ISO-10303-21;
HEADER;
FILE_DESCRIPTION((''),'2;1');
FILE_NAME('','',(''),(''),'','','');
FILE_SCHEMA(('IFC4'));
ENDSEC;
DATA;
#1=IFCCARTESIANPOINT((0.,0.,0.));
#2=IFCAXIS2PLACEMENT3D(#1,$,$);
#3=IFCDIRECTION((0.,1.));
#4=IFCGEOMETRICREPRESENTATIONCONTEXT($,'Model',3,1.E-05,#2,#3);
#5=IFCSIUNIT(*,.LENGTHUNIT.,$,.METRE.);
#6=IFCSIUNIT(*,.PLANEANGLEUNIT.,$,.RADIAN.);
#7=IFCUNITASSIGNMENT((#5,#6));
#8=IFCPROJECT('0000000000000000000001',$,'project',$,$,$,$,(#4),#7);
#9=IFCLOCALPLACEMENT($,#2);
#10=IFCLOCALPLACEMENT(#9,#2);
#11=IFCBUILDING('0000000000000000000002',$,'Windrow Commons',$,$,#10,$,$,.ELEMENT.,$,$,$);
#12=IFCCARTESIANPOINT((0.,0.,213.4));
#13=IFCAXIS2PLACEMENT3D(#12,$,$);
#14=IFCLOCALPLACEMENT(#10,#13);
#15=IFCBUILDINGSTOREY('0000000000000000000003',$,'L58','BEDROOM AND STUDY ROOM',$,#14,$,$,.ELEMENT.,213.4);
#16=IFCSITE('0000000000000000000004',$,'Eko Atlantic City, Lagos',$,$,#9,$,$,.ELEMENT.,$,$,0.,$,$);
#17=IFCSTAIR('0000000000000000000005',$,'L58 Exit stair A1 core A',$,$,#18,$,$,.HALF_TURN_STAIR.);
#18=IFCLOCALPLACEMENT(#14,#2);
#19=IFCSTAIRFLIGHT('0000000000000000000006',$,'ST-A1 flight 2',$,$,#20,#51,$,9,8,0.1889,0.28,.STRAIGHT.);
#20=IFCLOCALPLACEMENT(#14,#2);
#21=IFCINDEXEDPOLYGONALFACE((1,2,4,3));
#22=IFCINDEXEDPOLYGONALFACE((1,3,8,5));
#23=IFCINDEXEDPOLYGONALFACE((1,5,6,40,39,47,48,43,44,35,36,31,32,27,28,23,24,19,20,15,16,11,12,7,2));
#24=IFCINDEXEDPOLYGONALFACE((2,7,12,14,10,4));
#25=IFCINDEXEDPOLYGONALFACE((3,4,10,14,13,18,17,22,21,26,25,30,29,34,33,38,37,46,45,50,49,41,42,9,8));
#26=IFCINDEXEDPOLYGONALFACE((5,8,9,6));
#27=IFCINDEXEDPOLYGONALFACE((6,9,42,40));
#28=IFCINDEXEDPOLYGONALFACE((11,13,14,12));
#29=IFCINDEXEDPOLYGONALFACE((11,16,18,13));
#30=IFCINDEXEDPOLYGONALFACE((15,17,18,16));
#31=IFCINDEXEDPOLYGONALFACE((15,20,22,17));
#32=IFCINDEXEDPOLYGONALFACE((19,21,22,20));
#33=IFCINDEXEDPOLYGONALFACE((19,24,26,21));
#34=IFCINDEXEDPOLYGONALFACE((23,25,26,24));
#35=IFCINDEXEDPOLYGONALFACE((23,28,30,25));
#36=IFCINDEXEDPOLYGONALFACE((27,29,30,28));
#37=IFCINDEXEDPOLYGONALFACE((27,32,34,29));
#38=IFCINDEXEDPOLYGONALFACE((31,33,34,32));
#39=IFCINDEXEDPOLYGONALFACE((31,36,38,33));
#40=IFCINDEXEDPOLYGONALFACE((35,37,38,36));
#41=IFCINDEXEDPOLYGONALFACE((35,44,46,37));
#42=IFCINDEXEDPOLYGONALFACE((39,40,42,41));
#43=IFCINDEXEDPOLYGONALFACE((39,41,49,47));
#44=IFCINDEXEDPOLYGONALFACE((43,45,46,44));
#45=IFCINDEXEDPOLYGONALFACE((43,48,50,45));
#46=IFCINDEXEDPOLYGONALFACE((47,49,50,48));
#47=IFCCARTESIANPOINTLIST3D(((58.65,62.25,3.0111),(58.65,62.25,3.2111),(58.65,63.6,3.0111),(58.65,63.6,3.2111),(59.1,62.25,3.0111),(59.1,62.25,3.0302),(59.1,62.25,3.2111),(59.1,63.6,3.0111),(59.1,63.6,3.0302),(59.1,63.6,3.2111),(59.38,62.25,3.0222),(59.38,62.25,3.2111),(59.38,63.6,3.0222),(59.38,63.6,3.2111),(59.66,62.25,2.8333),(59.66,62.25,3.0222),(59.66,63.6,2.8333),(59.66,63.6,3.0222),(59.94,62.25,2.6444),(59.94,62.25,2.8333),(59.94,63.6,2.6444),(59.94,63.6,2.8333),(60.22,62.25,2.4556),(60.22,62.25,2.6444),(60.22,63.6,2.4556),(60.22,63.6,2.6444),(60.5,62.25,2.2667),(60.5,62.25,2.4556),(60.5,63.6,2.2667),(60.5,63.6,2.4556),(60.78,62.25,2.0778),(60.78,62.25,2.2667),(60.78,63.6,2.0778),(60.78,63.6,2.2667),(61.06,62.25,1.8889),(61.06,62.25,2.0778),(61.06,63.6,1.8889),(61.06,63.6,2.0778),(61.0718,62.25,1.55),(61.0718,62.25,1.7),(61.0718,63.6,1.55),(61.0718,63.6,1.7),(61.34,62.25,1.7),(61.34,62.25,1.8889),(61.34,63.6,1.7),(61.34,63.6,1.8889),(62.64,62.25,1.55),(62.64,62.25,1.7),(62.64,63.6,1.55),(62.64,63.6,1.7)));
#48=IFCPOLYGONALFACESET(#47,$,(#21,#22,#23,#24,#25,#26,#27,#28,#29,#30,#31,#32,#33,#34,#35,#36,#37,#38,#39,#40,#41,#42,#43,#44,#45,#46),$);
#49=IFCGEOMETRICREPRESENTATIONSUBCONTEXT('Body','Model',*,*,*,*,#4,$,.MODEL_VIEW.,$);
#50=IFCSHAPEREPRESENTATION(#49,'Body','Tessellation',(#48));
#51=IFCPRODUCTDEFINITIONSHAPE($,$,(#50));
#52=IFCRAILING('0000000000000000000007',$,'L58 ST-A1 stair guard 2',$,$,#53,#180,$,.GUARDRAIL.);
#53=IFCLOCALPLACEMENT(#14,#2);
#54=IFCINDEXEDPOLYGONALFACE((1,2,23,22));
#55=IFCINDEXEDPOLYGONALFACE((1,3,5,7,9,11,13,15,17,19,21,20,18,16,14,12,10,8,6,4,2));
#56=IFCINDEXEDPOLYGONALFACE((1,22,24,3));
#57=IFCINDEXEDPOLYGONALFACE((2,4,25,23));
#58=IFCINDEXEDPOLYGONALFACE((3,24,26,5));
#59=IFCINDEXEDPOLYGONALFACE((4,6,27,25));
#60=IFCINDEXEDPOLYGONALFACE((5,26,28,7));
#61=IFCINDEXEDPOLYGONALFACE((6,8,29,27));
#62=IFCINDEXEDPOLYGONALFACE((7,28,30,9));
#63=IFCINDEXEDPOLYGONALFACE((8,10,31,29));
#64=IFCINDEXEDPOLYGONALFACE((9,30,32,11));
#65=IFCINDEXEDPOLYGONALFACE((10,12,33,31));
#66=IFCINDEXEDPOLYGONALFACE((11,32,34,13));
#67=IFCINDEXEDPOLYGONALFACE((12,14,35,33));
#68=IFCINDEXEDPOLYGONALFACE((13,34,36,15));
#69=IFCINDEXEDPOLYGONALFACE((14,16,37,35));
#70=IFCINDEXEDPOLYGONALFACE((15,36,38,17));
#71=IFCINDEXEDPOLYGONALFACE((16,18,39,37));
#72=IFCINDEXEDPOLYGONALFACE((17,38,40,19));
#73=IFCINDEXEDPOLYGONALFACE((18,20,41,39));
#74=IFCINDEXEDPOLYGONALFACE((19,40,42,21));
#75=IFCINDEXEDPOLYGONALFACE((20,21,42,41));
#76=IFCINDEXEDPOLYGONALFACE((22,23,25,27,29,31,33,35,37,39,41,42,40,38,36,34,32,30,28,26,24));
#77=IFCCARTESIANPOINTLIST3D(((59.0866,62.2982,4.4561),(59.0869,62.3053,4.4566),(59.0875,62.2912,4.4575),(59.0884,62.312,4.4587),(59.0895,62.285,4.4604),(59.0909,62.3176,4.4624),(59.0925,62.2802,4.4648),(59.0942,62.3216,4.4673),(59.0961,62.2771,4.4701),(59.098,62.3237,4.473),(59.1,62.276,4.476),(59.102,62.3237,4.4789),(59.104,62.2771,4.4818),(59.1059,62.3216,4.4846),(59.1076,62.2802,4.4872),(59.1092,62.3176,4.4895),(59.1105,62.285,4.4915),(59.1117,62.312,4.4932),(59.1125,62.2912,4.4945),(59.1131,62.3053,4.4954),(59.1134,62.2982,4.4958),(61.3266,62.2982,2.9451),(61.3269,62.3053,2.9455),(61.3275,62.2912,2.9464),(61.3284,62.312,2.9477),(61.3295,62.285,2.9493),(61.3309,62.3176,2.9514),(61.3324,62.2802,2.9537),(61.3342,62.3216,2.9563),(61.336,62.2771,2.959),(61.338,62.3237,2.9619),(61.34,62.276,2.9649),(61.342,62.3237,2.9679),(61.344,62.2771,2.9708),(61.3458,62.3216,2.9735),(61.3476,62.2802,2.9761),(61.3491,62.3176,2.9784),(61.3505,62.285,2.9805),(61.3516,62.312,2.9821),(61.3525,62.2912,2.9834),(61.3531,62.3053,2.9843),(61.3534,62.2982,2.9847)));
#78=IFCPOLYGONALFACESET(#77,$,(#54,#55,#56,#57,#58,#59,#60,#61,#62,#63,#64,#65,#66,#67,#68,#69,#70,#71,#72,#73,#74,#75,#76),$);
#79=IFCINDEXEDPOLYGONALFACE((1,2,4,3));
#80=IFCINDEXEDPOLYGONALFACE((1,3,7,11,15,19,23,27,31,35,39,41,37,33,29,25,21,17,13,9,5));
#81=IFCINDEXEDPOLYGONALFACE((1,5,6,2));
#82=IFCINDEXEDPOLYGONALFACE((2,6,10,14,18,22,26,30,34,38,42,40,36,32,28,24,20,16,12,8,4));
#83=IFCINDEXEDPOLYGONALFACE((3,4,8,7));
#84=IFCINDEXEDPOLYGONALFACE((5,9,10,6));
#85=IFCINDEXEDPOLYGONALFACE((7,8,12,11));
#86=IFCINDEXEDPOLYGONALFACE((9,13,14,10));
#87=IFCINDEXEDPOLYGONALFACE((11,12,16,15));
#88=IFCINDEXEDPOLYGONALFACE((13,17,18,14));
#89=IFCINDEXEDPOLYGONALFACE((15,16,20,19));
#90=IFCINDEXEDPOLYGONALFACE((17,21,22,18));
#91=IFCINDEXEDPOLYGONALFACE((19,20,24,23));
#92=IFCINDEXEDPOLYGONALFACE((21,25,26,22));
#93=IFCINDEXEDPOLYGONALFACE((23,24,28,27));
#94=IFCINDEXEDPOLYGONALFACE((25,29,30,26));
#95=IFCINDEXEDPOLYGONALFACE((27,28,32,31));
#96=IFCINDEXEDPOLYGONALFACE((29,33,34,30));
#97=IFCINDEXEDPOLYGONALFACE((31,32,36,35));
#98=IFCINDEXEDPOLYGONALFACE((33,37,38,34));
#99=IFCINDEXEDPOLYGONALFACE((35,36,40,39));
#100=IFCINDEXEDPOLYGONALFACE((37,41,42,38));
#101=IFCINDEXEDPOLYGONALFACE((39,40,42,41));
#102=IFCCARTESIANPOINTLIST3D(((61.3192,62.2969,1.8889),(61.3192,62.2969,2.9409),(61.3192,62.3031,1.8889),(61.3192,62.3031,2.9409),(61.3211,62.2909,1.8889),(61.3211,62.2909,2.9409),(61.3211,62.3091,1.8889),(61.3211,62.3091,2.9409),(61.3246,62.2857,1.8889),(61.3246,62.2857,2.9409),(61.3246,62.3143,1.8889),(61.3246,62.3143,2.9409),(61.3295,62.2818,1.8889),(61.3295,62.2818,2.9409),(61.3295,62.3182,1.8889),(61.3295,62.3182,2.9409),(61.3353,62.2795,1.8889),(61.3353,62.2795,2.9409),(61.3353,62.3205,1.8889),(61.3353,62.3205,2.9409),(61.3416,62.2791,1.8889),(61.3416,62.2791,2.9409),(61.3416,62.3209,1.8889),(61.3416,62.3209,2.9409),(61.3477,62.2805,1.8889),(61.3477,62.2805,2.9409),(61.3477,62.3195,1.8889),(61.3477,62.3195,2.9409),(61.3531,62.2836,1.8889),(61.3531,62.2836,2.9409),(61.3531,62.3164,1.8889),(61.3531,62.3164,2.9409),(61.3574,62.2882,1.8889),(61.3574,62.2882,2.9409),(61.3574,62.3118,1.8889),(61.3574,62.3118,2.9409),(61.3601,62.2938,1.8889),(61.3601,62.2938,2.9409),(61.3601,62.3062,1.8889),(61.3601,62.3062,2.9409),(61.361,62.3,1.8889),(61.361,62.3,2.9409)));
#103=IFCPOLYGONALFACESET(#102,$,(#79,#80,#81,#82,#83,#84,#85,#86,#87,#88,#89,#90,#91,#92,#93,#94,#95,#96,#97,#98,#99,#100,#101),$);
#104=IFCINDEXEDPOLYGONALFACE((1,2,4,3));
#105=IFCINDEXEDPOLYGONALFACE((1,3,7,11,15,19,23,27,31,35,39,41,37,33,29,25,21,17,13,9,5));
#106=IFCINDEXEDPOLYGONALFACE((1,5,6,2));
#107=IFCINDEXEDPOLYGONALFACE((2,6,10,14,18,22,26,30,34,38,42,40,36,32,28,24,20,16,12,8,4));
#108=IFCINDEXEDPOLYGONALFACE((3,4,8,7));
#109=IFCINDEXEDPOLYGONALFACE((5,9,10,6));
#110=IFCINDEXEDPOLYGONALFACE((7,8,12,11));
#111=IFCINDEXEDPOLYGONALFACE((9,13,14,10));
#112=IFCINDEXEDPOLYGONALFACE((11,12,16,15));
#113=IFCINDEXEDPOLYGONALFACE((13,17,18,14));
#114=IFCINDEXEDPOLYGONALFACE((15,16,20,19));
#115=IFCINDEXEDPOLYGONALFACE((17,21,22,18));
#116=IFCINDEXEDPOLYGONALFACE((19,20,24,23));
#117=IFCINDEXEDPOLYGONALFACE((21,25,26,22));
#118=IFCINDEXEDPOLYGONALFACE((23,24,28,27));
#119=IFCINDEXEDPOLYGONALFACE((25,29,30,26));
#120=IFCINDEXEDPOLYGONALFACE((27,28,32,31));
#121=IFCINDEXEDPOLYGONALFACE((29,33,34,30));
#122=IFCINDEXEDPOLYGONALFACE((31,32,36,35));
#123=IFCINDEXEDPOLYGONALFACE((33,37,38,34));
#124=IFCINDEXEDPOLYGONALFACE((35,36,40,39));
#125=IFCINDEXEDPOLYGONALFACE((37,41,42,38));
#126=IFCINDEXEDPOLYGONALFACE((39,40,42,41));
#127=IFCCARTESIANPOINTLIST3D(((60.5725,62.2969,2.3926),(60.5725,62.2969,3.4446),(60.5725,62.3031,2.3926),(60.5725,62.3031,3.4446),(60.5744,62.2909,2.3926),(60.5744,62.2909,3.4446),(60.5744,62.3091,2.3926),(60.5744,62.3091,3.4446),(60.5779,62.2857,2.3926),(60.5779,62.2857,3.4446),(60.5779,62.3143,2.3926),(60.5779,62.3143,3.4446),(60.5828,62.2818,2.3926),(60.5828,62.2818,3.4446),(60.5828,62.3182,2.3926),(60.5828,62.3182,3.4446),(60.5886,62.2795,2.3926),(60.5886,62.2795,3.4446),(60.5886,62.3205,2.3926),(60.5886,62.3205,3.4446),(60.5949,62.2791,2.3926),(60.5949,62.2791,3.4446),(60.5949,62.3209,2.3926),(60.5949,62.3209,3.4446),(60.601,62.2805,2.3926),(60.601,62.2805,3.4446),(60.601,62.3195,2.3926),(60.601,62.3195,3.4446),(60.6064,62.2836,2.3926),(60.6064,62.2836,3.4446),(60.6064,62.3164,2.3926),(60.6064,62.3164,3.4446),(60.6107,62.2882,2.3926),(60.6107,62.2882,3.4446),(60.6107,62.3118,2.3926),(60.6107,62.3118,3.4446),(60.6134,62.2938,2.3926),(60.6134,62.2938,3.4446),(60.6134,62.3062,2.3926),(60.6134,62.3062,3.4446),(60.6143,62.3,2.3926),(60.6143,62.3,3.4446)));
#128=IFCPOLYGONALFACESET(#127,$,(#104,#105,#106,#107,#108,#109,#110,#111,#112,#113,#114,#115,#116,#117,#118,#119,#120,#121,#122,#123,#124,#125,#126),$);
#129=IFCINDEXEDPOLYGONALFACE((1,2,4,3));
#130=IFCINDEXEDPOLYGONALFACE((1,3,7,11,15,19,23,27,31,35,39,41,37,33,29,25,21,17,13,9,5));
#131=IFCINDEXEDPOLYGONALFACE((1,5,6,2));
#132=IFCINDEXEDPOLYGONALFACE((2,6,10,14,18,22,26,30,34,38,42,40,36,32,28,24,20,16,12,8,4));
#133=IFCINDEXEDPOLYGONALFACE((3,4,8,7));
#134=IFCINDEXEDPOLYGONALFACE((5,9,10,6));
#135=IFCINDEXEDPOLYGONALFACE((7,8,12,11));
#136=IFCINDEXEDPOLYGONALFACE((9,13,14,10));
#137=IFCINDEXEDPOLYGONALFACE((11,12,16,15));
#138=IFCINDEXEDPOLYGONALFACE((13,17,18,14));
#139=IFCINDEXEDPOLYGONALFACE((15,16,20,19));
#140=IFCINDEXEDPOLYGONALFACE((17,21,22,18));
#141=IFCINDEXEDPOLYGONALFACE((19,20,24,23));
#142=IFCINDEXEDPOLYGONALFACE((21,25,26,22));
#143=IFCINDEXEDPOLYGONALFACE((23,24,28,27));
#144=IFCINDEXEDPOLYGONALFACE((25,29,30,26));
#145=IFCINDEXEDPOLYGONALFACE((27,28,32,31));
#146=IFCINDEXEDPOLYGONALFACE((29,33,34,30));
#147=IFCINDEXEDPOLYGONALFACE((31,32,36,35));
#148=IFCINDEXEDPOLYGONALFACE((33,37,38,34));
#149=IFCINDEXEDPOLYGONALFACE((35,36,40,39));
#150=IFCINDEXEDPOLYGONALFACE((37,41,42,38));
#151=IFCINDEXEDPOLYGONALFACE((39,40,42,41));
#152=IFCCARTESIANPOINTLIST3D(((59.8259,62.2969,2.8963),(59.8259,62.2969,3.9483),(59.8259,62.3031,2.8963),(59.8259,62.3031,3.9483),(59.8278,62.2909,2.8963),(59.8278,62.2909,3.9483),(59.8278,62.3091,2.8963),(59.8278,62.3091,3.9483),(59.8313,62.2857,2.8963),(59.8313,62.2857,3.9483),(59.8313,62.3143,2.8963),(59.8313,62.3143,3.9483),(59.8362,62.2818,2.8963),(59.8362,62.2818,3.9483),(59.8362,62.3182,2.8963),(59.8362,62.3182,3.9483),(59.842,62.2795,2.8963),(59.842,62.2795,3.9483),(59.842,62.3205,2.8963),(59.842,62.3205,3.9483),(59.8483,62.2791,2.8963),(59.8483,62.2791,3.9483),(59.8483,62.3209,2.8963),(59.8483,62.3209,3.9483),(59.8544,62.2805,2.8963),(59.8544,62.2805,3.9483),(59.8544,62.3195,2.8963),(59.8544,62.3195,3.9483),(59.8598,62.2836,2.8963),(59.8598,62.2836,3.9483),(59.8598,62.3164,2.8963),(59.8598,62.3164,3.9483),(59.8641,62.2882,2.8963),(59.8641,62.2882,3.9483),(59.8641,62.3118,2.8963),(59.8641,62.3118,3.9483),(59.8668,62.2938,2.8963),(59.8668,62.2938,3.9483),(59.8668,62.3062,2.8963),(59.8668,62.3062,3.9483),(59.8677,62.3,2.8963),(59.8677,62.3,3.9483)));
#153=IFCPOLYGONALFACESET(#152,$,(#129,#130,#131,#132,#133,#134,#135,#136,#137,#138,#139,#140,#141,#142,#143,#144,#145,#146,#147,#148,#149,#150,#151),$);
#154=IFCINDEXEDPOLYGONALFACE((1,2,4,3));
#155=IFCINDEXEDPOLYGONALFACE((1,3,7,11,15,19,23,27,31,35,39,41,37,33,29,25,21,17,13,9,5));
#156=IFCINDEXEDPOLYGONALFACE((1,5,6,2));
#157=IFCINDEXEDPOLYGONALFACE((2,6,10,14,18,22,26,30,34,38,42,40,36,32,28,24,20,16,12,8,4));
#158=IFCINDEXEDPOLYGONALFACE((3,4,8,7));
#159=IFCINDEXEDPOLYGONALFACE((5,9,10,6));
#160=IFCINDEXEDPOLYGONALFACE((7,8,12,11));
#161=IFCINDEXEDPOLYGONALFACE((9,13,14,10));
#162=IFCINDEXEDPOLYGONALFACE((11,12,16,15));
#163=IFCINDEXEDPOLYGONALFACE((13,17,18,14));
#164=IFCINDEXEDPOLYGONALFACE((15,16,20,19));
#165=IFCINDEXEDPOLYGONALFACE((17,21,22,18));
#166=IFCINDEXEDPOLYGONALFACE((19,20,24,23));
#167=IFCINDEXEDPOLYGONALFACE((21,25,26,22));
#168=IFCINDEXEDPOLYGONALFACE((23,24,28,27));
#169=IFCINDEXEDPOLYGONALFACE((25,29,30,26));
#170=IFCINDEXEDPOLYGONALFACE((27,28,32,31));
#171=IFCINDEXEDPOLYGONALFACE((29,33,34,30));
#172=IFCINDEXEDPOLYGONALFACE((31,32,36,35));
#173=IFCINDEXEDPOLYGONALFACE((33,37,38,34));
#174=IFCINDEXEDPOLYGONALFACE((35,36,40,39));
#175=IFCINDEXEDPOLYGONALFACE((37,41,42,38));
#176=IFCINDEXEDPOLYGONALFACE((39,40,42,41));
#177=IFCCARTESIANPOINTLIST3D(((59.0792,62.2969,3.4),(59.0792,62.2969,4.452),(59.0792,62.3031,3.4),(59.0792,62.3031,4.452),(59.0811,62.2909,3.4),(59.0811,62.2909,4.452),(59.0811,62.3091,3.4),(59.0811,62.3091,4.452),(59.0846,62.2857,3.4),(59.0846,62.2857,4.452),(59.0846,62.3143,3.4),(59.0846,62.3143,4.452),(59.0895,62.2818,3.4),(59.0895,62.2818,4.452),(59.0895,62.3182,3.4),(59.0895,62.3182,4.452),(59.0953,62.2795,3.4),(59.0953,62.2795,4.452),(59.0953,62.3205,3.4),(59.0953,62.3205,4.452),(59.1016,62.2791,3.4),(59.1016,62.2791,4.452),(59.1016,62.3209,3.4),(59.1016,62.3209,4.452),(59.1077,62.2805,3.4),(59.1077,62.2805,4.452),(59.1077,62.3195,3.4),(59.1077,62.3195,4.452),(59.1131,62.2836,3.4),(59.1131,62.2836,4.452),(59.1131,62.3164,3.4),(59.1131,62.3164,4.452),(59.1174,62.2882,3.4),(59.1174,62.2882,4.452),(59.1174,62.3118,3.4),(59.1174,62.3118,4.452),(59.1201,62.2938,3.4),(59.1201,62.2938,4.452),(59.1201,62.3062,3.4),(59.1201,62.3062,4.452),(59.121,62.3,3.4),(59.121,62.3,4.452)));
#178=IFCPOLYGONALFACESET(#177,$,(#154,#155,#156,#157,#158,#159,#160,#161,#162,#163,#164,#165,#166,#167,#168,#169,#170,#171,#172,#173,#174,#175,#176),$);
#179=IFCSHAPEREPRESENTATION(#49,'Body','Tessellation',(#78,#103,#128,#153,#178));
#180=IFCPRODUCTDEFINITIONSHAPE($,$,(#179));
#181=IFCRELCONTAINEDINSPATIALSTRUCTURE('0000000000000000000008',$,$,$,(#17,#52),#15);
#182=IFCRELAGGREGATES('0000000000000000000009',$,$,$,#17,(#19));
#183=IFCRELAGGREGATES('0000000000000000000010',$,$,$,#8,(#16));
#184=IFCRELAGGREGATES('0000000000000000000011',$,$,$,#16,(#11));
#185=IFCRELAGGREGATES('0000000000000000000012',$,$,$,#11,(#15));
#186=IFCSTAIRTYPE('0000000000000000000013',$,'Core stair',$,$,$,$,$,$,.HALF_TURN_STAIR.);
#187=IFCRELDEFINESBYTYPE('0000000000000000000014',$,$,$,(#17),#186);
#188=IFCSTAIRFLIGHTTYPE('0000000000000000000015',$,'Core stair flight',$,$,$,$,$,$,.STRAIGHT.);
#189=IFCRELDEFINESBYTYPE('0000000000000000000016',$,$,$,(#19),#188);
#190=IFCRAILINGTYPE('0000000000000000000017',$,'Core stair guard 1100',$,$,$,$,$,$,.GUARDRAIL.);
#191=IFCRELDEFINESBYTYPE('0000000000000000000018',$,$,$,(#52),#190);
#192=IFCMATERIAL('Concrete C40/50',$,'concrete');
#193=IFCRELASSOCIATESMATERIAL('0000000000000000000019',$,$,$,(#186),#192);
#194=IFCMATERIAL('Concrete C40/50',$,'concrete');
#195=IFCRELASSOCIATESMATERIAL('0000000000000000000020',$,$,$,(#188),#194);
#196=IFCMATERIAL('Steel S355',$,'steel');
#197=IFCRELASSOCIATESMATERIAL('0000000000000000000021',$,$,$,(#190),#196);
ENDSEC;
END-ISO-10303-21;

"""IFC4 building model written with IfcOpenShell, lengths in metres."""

from ifc_helpers import new_model, si_unit, direction, frame, origin, origin_2d, place, context, subcontext, project, spatial, polyline, circle, outline, extrude, material, type_object, element, aggregate, save


model = new_model("IFC4")

# Units and contexts
model_context = context("Model", 3, precision=1e-05, world=origin(), true_north=direction((0.0, 1.0)))
body_context = subcontext(model_context, "Body", "Model", "MODEL_VIEW")
ifc_project = project(units=[si_unit("LENGTHUNIT", "METRE"), si_unit("PLANEANGLEUNIT", "RADIAN")], contexts=[model_context])

# Site, building, storey
site_placement = place(None, origin())
site = spatial("IfcSite", under=ifc_project, at=site_placement, Name="Eko Atlantic City, Lagos", CompositionType="ELEMENT", RefElevation=0.0)
building_placement = place(site_placement, origin())
building = spatial("IfcBuilding", under=site, at=building_placement, Name="Windrow Commons", CompositionType="ELEMENT")
storey_placement = place(building_placement, frame((0.0, 0.0, 213.4)))
storey = spatial("IfcBuildingStorey", under=building, at=storey_placement, Name="L58", Description="BEDROOM AND STUDY ROOM", CompositionType="ELEMENT", Elevation=213.4)

# Stair, stair flight
ifc_material_1 = material(Name="Concrete C40/50", Category="concrete")
stair_type = type_object("IfcStairType", Name="Core stair", PredefinedType="HALF_TURN_STAIR", material=ifc_material_1)
stair_placement = place(storey_placement, origin())
stair = element("IfcStair", 1, at=stair_placement, inside=storey, type_object=stair_type, Name="L58 Exit stair A1 core A", PredefinedType="HALF_TURN_STAIR")
ifc_material_2 = material(Name="Concrete C40/50", Category="concrete")
stair_flight_type = type_object("IfcStairFlightType", Name="Core stair flight", PredefinedType="STRAIGHT", material=ifc_material_2)
stair_flight_placement = place(storey_placement, frame((61.34, 62.925, 1.7), z_axis=(0.0, 0.0, 1.0), x_axis=(-1.0, 0.0, 0.0)))
stair_flight = element("IfcStairFlight", 2, at=stair_flight_placement, type_object=stair_flight_type, Name="ST-A1 flight 2", NumberOfRisers=9, NumberOfTreads=8, PredefinedType="STRAIGHT", RiserHeight=0.1889, TreadLength=0.28, context=body_context, shape_type="SweptSolid", body=[
    extrude(outline(polyline([(-1.3, -0.15), (-1.3, 0.0), (0.0, 0.0), (0.0, 0.1889), (0.28, 0.1889), (0.28, 0.3778), (0.56, 0.3778), (0.56, 0.5667), (0.84, 0.5667), (0.84, 0.7556), (1.12, 0.7556), (1.12, 0.9444), (1.4, 0.9444), (1.4, 1.1333), (1.68, 1.1333), (1.68, 1.3222), (1.96, 1.3222), (1.96, 1.5111), (2.24, 1.5111), (2.69, 1.5111), (2.69, 1.3111), (2.24, 1.3111), (2.24, 1.3302), (0.2682, 0.0), (0.2682, -0.15), (-1.3, -0.15)])), frame((0.0, 0.675, 0.0), z_axis=(0.0, -1.0, 0.0), x_axis=(1.0, 0.0, 0.0)), (0.0, 0.0, 1.0), 1.35),
])
aggregate(stair, [stair_flight])

# Railing
ifc_material_3 = material(Name="Steel S355", Category="steel")
railing_type_1 = type_object("IfcRailingType", Name="Core stair guard 1100", PredefinedType="GUARDRAIL", material=ifc_material_3)
railing_1_placement = place(storey_placement, frame((61.34, 62.3, 1.8889)))
element("IfcRailing", 3, at=railing_1_placement, inside=storey, type_object=railing_type_1, Name="L58 ST-A1 stair guard 2", PredefinedType="GUARDRAIL", context=body_context, shape_type="SweptSolid", body=[
    extrude(circle(Radius=0.024, at=origin_2d()), frame((0.0, 0.0, 1.076), z_axis=(-0.829003, 0.0, 0.559244), x_axis=(0.0, -1.0, 0.0)), (0.0, 0.0, 1.0), 2.702),
    extrude(circle(Radius=0.021, at=origin_2d()), origin(), (0.0, 0.0, 1.0), 1.052),
    extrude(circle(Radius=0.021, at=origin_2d()), frame((-0.7467, 0.0, 0.5037)), (0.0, 0.0, 1.0), 1.052),
    extrude(circle(Radius=0.021, at=origin_2d()), frame((-1.4933, 0.0, 1.0074)), (0.0, 0.0, 1.0), 1.052),
    extrude(circle(Radius=0.021, at=origin_2d()), frame((-2.24, 0.0, 1.5111)), (0.0, 0.0, 1.0), 1.052),
])

save(model, "model.ifc")
